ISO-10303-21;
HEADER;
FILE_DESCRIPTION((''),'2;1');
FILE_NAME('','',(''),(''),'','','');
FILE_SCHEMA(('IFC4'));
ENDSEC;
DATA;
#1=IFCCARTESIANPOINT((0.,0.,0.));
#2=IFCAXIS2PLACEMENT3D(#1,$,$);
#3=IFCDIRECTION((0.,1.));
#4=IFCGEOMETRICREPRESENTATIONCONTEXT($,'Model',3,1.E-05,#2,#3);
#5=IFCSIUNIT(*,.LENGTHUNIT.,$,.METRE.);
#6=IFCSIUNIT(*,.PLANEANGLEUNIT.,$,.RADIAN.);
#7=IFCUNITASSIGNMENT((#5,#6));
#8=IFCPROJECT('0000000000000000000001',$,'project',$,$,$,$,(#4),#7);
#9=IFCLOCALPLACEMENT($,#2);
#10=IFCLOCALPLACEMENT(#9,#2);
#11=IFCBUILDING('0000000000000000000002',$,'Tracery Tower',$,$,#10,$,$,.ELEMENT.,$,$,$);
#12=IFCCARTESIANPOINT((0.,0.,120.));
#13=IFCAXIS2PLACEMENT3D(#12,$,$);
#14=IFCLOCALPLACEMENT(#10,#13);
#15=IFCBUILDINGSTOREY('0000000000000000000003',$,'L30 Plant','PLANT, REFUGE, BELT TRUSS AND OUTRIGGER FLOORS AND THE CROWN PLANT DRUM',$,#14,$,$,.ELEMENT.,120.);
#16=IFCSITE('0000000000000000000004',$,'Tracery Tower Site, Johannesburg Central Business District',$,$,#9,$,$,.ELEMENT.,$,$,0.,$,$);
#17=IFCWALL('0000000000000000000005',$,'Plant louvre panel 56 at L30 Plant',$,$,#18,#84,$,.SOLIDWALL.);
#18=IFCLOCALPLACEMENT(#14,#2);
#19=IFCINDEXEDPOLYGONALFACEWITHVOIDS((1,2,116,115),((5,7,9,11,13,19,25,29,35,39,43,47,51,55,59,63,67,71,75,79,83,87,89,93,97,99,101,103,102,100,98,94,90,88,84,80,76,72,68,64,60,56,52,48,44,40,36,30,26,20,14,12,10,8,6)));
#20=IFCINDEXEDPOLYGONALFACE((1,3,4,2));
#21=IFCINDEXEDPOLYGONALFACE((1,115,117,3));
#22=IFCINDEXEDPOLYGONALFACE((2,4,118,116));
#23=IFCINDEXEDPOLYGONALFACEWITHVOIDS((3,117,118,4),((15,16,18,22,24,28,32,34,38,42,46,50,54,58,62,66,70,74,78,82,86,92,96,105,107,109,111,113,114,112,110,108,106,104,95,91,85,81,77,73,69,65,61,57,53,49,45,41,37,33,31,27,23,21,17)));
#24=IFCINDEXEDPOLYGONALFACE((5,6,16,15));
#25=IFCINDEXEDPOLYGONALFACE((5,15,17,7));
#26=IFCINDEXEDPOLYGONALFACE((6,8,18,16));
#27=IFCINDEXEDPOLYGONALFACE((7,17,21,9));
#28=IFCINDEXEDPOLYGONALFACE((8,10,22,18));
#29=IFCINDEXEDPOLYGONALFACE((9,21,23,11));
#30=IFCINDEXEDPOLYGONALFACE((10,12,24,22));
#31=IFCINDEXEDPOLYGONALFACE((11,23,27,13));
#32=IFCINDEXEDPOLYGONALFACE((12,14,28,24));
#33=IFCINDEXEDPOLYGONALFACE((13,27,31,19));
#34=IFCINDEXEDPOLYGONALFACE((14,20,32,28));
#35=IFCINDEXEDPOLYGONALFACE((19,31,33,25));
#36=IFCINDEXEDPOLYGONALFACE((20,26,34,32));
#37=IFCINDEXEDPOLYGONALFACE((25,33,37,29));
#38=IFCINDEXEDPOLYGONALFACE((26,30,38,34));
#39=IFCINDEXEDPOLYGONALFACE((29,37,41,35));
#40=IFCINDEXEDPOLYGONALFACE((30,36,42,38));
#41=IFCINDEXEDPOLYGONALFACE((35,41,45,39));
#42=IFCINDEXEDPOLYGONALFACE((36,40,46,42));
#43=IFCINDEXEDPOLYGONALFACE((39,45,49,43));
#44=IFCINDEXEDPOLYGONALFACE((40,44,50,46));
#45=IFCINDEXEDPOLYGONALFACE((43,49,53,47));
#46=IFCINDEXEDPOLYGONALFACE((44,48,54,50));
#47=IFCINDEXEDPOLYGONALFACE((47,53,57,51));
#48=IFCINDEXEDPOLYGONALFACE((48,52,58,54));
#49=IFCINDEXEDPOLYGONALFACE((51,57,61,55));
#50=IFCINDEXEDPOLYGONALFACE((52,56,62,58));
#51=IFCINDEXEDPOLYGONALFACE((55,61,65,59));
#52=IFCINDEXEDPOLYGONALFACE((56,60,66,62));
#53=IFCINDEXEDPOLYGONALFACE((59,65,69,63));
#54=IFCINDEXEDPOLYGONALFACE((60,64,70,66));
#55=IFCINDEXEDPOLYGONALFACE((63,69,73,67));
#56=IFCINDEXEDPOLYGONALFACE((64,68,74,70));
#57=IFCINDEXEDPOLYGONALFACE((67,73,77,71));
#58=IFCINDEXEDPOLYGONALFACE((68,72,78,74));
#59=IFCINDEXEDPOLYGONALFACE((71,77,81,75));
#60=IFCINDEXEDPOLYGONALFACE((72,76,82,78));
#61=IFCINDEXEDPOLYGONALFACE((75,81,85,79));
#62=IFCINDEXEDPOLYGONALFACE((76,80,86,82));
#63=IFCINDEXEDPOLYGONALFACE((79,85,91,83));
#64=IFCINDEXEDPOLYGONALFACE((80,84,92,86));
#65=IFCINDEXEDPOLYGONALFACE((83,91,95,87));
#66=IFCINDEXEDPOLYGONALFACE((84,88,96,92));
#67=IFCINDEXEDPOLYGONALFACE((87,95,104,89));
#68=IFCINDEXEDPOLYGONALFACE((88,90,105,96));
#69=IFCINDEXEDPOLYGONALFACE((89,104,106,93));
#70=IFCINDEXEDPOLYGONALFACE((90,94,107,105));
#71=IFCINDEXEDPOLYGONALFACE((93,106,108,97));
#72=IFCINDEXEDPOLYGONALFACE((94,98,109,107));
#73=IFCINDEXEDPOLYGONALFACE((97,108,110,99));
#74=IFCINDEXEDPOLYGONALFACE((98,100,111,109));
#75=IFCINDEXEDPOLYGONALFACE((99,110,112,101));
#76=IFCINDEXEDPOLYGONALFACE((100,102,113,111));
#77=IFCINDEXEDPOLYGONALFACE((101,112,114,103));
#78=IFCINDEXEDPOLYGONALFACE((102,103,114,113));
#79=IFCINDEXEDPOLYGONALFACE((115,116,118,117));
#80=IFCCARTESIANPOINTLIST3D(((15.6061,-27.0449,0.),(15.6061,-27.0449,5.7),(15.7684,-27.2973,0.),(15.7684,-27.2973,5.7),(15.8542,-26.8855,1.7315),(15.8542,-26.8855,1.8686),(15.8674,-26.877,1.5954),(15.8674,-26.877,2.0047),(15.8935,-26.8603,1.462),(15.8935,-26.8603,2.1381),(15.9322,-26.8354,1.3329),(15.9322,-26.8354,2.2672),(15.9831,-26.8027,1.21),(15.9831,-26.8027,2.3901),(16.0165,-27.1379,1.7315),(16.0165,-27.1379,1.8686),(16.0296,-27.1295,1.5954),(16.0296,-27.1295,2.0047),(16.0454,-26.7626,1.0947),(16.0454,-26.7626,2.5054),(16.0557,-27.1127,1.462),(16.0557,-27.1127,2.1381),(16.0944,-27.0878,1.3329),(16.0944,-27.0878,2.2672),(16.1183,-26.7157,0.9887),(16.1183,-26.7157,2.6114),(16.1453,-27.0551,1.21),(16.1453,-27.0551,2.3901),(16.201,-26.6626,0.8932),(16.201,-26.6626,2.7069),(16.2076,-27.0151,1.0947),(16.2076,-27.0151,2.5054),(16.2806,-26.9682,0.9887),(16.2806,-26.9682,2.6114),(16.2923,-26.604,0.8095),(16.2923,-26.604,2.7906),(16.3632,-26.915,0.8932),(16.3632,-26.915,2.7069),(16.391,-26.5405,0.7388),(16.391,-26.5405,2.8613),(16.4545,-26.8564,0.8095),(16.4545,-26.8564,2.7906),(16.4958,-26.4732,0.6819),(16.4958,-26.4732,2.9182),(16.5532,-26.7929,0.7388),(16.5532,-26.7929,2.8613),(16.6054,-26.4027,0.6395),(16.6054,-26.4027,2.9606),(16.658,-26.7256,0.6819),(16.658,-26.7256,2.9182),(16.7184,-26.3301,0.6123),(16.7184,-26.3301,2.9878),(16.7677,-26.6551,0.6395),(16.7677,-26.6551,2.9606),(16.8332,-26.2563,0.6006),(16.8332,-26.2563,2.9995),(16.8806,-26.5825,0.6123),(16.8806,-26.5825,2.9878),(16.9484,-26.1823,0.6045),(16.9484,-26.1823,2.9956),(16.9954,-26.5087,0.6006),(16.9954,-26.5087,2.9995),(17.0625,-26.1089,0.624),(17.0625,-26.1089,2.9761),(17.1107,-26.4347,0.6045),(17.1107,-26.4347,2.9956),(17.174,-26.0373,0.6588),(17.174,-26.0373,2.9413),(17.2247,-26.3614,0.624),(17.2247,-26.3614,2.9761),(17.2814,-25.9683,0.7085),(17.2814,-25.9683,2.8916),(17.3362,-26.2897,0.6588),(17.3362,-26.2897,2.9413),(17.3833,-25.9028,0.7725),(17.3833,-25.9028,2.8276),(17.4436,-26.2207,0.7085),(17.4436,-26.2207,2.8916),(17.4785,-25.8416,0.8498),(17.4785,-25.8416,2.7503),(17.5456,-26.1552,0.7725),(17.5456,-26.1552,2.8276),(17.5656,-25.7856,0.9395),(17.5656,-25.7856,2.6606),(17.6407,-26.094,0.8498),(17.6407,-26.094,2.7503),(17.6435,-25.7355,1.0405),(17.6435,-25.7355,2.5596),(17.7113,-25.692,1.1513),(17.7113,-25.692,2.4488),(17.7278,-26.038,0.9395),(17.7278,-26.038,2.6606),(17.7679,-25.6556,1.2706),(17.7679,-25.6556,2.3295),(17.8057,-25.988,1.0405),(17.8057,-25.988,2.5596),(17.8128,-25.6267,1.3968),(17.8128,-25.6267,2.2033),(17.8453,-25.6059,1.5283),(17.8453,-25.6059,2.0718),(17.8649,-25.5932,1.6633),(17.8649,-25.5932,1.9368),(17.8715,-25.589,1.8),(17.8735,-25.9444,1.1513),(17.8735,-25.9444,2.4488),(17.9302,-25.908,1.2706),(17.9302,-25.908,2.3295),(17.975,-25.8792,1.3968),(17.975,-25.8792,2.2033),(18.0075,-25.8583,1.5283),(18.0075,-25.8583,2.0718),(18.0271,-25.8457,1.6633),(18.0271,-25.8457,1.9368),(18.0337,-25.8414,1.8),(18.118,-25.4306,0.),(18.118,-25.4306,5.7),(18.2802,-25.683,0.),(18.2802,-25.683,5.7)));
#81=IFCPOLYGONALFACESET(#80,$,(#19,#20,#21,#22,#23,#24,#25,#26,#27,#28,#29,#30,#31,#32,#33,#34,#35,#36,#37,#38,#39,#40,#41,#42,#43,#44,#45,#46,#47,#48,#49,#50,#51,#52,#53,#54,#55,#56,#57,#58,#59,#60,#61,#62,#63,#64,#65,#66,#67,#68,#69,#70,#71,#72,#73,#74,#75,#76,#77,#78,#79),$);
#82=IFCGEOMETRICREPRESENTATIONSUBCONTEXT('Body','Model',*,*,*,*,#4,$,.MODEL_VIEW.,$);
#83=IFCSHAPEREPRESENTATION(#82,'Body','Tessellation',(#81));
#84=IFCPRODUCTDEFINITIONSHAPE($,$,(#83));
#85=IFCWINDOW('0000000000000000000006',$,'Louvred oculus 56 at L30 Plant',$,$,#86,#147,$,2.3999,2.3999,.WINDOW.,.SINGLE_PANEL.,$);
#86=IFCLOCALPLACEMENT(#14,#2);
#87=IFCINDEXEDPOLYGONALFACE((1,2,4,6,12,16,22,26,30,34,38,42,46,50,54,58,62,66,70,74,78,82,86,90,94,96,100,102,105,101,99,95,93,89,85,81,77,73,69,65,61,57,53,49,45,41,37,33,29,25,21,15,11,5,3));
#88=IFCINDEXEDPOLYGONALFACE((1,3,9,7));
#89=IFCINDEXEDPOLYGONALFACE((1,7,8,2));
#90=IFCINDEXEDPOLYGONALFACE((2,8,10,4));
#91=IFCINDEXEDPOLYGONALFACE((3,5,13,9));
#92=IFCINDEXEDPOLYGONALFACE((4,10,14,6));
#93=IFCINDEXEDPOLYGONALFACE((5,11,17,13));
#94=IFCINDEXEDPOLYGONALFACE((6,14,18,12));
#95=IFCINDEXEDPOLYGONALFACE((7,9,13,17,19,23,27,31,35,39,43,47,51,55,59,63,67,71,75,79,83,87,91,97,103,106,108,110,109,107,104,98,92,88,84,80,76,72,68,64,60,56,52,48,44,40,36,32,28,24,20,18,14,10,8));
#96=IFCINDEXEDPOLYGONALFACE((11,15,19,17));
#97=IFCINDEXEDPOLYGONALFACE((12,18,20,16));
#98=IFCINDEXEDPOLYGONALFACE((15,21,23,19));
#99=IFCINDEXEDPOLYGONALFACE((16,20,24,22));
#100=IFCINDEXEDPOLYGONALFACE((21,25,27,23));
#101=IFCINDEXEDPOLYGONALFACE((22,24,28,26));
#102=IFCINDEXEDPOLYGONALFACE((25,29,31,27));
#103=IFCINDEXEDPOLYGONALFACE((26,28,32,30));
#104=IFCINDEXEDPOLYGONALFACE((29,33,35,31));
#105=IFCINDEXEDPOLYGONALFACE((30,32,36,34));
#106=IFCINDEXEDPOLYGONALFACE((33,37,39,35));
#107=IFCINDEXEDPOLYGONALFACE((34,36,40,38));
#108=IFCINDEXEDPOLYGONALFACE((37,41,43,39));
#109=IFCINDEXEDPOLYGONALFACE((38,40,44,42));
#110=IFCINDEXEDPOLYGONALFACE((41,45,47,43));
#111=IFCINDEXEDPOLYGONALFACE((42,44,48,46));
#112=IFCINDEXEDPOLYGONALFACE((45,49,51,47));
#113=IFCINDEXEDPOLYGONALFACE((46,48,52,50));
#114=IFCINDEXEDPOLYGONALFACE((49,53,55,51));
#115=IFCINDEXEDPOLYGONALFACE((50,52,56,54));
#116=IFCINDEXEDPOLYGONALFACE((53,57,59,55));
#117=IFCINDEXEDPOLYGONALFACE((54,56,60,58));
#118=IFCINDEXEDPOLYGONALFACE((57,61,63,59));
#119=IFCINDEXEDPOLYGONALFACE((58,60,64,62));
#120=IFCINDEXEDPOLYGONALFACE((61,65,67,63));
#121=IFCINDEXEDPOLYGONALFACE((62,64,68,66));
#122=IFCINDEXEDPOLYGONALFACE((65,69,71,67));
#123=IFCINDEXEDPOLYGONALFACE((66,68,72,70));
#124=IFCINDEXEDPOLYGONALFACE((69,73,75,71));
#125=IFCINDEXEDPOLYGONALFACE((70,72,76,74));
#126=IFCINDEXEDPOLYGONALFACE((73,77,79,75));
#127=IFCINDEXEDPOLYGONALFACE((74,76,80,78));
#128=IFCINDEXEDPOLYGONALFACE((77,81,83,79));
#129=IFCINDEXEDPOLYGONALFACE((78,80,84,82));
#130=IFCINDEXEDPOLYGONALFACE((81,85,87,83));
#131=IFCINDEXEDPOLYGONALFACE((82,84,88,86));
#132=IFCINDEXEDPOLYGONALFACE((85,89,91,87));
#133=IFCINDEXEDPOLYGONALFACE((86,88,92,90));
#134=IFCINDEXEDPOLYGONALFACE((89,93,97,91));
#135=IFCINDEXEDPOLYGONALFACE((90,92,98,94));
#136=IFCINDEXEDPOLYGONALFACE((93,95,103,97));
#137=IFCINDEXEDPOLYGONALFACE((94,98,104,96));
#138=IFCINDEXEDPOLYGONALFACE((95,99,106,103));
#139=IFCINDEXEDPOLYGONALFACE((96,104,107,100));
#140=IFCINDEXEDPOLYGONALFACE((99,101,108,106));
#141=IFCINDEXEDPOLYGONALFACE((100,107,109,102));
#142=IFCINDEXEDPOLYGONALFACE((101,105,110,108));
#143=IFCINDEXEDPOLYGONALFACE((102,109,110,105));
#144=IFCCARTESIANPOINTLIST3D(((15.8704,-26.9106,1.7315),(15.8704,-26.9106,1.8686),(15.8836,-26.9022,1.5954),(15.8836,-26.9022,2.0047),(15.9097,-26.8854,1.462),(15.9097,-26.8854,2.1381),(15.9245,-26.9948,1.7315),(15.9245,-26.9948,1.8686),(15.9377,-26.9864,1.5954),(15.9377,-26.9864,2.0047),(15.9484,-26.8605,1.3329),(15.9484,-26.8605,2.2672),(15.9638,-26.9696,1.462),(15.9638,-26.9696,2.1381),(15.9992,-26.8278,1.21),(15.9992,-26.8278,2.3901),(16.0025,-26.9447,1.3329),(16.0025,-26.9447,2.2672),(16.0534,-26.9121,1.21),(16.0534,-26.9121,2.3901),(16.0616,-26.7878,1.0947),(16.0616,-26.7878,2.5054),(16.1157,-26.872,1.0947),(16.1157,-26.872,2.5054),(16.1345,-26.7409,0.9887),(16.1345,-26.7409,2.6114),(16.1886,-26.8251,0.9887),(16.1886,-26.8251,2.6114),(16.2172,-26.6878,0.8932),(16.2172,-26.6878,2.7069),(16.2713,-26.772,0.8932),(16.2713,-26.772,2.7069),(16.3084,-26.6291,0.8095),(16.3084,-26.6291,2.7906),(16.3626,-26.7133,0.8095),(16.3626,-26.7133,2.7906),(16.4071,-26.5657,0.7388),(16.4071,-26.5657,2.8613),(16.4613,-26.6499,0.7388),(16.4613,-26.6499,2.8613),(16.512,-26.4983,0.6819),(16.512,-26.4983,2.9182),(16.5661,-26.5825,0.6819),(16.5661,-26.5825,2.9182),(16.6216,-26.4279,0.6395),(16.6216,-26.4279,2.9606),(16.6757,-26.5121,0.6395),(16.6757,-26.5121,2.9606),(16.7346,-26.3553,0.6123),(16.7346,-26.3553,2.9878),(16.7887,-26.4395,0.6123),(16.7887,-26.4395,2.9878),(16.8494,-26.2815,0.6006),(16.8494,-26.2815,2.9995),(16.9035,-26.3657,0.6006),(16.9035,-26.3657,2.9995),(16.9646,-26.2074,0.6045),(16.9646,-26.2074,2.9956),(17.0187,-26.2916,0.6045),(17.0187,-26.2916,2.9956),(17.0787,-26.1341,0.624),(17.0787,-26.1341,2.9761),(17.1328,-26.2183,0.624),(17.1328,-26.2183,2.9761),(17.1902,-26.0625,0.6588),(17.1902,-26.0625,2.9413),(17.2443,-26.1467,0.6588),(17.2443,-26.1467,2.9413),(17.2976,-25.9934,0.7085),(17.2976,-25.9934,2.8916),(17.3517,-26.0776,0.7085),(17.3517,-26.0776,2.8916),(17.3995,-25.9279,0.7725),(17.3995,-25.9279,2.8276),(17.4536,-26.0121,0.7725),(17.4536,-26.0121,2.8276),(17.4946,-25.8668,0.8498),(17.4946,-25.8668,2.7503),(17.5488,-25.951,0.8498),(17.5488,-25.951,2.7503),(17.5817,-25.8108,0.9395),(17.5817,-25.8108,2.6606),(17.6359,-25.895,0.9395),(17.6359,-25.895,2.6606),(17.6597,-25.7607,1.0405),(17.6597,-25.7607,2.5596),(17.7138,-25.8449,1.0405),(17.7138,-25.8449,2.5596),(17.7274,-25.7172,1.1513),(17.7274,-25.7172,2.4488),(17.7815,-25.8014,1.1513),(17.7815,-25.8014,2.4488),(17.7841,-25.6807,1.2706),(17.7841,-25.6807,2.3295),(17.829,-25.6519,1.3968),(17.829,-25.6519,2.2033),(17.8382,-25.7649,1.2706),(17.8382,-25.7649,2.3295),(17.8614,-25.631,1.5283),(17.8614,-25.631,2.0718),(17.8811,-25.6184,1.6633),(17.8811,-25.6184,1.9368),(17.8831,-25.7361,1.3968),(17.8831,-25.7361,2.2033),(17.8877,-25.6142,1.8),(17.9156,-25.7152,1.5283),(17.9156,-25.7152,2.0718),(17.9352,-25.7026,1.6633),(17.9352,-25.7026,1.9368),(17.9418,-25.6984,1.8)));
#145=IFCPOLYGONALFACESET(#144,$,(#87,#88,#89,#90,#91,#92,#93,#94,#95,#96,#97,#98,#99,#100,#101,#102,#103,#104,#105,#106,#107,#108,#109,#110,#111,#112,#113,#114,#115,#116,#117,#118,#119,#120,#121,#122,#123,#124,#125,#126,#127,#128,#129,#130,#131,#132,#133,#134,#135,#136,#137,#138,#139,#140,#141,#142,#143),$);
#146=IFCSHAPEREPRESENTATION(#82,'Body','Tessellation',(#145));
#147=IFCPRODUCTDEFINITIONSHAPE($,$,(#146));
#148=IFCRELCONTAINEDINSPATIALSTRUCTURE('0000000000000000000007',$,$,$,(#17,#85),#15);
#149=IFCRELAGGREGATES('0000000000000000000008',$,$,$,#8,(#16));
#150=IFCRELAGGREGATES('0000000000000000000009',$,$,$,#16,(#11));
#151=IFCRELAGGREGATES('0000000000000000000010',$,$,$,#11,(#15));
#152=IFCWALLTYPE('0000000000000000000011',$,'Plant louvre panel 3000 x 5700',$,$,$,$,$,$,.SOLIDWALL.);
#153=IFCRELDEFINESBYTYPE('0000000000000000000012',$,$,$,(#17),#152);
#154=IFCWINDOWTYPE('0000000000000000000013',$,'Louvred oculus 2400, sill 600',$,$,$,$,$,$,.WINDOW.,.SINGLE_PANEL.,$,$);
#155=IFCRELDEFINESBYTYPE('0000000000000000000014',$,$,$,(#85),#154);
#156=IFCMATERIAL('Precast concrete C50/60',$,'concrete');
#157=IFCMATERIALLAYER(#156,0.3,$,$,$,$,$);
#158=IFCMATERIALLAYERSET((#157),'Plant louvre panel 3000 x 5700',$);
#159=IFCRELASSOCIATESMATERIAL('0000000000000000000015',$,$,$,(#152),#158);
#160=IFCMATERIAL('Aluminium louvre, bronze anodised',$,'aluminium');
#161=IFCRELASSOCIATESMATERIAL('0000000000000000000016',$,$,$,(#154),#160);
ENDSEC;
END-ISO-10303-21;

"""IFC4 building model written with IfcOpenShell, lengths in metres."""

from ifc_helpers import new_model, si_unit, direction, frame, frame_2d, origin, origin_2d, place, context, subcontext, project, spatial, rectangle, circle, extrude, material, layer, layer_set, type_object, element, fill, save


model = new_model("IFC4")

# Units and contexts
model_context = context("Model", 3, precision=1e-05, world=origin(), true_north=direction((0.0, 1.0)))
body_context = subcontext(model_context, "Body", "Model", "MODEL_VIEW")
ifc_project = project(units=[si_unit("LENGTHUNIT", "METRE"), si_unit("PLANEANGLEUNIT", "RADIAN")], contexts=[model_context])

# Site, building, storey
site_placement = place(None, origin())
site = spatial("IfcSite", under=ifc_project, at=site_placement, Name="Tracery Tower Site, Johannesburg Central Business District", CompositionType="ELEMENT", RefElevation=0.0)
building_placement = place(site_placement, origin())
building = spatial("IfcBuilding", under=site, at=building_placement, Name="Tracery Tower", CompositionType="ELEMENT")
storey_placement = place(building_placement, frame((0.0, 0.0, 120.0)))
storey = spatial("IfcBuildingStorey", under=building, at=storey_placement, Name="L30 Plant", Description="PLANT, REFUGE, BELT TRUSS AND OUTRIGGER FLOORS AND THE CROWN PLANT DRUM", CompositionType="ELEMENT", Elevation=120.0)

# Wall, opening, window
ifc_material_1 = material(Name="Precast concrete C50/60", Category="concrete")
ifc_layer_1 = layer(ifc_material_1, 0.3)
ifc_layer_set_1 = layer_set([ifc_layer_1], Name="Plant louvre panel 3000 x 5700")
wall_type_1 = type_object("IfcWallType", Name="Plant louvre panel 3000 x 5700", PredefinedType="SOLIDWALL", material=ifc_layer_set_1)
ifc_material_2 = material(Name="Aluminium louvre, bronze anodised", Category="aluminium")
window_type = type_object("IfcWindowType", Name="Louvred oculus 2400, sill 600", PartitioningType="SINGLE_PANEL", PredefinedType="WINDOW", material=ifc_material_2)
wall_1_placement = place(storey_placement, frame((15.6873, -27.1711, 0.0), z_axis=(0.0, 0.0, 1.0), x_axis=(0.841242, 0.540658, 0.0)))
wall_1 = element("IfcWall", 1, at=wall_1_placement, inside=storey, type_object=wall_type_1, Name="Plant louvre panel 56 at L30 Plant", PredefinedType="SOLIDWALL", context=body_context, shape_type="SweptSolid", body=[
    extrude(rectangle(XDim=2.9858, YDim=0.3, at=frame_2d((1.4929, 0.0))), origin(), (0.0, 0.0, 1.0), 5.7),
])
opening_1_placement = place(wall_1_placement, frame((1.4929, 0.0, 1.8)))
opening_1 = element("IfcOpeningElement", 2, at=opening_1_placement, cuts=wall_1, PredefinedType="OPENING", context=body_context, shape_type="SweptSolid", body=[
    extrude(circle(Radius=1.2, at=origin_2d()), frame((0.0, 0.1599, 0.0), z_axis=(0.0, -1.0, 0.0), x_axis=(1.0, 0.0, 0.0)), (0.0, 0.0, 1.0), 0.3201),
])
window_1_placement = place(opening_1_placement, origin())
window_1 = element("IfcWindow", 3, at=window_1_placement, inside=storey, type_object=window_type, Name="Louvred oculus 56 at L30 Plant", OverallHeight=2.3999, OverallWidth=2.3999, PartitioningType="SINGLE_PANEL", PredefinedType="WINDOW", context=body_context, shape_type="SweptSolid", body=[
    extrude(circle(Radius=1.2, at=origin_2d()), frame((0.0, 0.1201, 0.0), z_axis=(0.0, -1.0, 0.0), x_axis=(1.0, 0.0, 0.0)), (0.0, 0.0, 1.0), 0.1001),
])
fill(opening_1, window_1)

save(model, "model.ifc")
